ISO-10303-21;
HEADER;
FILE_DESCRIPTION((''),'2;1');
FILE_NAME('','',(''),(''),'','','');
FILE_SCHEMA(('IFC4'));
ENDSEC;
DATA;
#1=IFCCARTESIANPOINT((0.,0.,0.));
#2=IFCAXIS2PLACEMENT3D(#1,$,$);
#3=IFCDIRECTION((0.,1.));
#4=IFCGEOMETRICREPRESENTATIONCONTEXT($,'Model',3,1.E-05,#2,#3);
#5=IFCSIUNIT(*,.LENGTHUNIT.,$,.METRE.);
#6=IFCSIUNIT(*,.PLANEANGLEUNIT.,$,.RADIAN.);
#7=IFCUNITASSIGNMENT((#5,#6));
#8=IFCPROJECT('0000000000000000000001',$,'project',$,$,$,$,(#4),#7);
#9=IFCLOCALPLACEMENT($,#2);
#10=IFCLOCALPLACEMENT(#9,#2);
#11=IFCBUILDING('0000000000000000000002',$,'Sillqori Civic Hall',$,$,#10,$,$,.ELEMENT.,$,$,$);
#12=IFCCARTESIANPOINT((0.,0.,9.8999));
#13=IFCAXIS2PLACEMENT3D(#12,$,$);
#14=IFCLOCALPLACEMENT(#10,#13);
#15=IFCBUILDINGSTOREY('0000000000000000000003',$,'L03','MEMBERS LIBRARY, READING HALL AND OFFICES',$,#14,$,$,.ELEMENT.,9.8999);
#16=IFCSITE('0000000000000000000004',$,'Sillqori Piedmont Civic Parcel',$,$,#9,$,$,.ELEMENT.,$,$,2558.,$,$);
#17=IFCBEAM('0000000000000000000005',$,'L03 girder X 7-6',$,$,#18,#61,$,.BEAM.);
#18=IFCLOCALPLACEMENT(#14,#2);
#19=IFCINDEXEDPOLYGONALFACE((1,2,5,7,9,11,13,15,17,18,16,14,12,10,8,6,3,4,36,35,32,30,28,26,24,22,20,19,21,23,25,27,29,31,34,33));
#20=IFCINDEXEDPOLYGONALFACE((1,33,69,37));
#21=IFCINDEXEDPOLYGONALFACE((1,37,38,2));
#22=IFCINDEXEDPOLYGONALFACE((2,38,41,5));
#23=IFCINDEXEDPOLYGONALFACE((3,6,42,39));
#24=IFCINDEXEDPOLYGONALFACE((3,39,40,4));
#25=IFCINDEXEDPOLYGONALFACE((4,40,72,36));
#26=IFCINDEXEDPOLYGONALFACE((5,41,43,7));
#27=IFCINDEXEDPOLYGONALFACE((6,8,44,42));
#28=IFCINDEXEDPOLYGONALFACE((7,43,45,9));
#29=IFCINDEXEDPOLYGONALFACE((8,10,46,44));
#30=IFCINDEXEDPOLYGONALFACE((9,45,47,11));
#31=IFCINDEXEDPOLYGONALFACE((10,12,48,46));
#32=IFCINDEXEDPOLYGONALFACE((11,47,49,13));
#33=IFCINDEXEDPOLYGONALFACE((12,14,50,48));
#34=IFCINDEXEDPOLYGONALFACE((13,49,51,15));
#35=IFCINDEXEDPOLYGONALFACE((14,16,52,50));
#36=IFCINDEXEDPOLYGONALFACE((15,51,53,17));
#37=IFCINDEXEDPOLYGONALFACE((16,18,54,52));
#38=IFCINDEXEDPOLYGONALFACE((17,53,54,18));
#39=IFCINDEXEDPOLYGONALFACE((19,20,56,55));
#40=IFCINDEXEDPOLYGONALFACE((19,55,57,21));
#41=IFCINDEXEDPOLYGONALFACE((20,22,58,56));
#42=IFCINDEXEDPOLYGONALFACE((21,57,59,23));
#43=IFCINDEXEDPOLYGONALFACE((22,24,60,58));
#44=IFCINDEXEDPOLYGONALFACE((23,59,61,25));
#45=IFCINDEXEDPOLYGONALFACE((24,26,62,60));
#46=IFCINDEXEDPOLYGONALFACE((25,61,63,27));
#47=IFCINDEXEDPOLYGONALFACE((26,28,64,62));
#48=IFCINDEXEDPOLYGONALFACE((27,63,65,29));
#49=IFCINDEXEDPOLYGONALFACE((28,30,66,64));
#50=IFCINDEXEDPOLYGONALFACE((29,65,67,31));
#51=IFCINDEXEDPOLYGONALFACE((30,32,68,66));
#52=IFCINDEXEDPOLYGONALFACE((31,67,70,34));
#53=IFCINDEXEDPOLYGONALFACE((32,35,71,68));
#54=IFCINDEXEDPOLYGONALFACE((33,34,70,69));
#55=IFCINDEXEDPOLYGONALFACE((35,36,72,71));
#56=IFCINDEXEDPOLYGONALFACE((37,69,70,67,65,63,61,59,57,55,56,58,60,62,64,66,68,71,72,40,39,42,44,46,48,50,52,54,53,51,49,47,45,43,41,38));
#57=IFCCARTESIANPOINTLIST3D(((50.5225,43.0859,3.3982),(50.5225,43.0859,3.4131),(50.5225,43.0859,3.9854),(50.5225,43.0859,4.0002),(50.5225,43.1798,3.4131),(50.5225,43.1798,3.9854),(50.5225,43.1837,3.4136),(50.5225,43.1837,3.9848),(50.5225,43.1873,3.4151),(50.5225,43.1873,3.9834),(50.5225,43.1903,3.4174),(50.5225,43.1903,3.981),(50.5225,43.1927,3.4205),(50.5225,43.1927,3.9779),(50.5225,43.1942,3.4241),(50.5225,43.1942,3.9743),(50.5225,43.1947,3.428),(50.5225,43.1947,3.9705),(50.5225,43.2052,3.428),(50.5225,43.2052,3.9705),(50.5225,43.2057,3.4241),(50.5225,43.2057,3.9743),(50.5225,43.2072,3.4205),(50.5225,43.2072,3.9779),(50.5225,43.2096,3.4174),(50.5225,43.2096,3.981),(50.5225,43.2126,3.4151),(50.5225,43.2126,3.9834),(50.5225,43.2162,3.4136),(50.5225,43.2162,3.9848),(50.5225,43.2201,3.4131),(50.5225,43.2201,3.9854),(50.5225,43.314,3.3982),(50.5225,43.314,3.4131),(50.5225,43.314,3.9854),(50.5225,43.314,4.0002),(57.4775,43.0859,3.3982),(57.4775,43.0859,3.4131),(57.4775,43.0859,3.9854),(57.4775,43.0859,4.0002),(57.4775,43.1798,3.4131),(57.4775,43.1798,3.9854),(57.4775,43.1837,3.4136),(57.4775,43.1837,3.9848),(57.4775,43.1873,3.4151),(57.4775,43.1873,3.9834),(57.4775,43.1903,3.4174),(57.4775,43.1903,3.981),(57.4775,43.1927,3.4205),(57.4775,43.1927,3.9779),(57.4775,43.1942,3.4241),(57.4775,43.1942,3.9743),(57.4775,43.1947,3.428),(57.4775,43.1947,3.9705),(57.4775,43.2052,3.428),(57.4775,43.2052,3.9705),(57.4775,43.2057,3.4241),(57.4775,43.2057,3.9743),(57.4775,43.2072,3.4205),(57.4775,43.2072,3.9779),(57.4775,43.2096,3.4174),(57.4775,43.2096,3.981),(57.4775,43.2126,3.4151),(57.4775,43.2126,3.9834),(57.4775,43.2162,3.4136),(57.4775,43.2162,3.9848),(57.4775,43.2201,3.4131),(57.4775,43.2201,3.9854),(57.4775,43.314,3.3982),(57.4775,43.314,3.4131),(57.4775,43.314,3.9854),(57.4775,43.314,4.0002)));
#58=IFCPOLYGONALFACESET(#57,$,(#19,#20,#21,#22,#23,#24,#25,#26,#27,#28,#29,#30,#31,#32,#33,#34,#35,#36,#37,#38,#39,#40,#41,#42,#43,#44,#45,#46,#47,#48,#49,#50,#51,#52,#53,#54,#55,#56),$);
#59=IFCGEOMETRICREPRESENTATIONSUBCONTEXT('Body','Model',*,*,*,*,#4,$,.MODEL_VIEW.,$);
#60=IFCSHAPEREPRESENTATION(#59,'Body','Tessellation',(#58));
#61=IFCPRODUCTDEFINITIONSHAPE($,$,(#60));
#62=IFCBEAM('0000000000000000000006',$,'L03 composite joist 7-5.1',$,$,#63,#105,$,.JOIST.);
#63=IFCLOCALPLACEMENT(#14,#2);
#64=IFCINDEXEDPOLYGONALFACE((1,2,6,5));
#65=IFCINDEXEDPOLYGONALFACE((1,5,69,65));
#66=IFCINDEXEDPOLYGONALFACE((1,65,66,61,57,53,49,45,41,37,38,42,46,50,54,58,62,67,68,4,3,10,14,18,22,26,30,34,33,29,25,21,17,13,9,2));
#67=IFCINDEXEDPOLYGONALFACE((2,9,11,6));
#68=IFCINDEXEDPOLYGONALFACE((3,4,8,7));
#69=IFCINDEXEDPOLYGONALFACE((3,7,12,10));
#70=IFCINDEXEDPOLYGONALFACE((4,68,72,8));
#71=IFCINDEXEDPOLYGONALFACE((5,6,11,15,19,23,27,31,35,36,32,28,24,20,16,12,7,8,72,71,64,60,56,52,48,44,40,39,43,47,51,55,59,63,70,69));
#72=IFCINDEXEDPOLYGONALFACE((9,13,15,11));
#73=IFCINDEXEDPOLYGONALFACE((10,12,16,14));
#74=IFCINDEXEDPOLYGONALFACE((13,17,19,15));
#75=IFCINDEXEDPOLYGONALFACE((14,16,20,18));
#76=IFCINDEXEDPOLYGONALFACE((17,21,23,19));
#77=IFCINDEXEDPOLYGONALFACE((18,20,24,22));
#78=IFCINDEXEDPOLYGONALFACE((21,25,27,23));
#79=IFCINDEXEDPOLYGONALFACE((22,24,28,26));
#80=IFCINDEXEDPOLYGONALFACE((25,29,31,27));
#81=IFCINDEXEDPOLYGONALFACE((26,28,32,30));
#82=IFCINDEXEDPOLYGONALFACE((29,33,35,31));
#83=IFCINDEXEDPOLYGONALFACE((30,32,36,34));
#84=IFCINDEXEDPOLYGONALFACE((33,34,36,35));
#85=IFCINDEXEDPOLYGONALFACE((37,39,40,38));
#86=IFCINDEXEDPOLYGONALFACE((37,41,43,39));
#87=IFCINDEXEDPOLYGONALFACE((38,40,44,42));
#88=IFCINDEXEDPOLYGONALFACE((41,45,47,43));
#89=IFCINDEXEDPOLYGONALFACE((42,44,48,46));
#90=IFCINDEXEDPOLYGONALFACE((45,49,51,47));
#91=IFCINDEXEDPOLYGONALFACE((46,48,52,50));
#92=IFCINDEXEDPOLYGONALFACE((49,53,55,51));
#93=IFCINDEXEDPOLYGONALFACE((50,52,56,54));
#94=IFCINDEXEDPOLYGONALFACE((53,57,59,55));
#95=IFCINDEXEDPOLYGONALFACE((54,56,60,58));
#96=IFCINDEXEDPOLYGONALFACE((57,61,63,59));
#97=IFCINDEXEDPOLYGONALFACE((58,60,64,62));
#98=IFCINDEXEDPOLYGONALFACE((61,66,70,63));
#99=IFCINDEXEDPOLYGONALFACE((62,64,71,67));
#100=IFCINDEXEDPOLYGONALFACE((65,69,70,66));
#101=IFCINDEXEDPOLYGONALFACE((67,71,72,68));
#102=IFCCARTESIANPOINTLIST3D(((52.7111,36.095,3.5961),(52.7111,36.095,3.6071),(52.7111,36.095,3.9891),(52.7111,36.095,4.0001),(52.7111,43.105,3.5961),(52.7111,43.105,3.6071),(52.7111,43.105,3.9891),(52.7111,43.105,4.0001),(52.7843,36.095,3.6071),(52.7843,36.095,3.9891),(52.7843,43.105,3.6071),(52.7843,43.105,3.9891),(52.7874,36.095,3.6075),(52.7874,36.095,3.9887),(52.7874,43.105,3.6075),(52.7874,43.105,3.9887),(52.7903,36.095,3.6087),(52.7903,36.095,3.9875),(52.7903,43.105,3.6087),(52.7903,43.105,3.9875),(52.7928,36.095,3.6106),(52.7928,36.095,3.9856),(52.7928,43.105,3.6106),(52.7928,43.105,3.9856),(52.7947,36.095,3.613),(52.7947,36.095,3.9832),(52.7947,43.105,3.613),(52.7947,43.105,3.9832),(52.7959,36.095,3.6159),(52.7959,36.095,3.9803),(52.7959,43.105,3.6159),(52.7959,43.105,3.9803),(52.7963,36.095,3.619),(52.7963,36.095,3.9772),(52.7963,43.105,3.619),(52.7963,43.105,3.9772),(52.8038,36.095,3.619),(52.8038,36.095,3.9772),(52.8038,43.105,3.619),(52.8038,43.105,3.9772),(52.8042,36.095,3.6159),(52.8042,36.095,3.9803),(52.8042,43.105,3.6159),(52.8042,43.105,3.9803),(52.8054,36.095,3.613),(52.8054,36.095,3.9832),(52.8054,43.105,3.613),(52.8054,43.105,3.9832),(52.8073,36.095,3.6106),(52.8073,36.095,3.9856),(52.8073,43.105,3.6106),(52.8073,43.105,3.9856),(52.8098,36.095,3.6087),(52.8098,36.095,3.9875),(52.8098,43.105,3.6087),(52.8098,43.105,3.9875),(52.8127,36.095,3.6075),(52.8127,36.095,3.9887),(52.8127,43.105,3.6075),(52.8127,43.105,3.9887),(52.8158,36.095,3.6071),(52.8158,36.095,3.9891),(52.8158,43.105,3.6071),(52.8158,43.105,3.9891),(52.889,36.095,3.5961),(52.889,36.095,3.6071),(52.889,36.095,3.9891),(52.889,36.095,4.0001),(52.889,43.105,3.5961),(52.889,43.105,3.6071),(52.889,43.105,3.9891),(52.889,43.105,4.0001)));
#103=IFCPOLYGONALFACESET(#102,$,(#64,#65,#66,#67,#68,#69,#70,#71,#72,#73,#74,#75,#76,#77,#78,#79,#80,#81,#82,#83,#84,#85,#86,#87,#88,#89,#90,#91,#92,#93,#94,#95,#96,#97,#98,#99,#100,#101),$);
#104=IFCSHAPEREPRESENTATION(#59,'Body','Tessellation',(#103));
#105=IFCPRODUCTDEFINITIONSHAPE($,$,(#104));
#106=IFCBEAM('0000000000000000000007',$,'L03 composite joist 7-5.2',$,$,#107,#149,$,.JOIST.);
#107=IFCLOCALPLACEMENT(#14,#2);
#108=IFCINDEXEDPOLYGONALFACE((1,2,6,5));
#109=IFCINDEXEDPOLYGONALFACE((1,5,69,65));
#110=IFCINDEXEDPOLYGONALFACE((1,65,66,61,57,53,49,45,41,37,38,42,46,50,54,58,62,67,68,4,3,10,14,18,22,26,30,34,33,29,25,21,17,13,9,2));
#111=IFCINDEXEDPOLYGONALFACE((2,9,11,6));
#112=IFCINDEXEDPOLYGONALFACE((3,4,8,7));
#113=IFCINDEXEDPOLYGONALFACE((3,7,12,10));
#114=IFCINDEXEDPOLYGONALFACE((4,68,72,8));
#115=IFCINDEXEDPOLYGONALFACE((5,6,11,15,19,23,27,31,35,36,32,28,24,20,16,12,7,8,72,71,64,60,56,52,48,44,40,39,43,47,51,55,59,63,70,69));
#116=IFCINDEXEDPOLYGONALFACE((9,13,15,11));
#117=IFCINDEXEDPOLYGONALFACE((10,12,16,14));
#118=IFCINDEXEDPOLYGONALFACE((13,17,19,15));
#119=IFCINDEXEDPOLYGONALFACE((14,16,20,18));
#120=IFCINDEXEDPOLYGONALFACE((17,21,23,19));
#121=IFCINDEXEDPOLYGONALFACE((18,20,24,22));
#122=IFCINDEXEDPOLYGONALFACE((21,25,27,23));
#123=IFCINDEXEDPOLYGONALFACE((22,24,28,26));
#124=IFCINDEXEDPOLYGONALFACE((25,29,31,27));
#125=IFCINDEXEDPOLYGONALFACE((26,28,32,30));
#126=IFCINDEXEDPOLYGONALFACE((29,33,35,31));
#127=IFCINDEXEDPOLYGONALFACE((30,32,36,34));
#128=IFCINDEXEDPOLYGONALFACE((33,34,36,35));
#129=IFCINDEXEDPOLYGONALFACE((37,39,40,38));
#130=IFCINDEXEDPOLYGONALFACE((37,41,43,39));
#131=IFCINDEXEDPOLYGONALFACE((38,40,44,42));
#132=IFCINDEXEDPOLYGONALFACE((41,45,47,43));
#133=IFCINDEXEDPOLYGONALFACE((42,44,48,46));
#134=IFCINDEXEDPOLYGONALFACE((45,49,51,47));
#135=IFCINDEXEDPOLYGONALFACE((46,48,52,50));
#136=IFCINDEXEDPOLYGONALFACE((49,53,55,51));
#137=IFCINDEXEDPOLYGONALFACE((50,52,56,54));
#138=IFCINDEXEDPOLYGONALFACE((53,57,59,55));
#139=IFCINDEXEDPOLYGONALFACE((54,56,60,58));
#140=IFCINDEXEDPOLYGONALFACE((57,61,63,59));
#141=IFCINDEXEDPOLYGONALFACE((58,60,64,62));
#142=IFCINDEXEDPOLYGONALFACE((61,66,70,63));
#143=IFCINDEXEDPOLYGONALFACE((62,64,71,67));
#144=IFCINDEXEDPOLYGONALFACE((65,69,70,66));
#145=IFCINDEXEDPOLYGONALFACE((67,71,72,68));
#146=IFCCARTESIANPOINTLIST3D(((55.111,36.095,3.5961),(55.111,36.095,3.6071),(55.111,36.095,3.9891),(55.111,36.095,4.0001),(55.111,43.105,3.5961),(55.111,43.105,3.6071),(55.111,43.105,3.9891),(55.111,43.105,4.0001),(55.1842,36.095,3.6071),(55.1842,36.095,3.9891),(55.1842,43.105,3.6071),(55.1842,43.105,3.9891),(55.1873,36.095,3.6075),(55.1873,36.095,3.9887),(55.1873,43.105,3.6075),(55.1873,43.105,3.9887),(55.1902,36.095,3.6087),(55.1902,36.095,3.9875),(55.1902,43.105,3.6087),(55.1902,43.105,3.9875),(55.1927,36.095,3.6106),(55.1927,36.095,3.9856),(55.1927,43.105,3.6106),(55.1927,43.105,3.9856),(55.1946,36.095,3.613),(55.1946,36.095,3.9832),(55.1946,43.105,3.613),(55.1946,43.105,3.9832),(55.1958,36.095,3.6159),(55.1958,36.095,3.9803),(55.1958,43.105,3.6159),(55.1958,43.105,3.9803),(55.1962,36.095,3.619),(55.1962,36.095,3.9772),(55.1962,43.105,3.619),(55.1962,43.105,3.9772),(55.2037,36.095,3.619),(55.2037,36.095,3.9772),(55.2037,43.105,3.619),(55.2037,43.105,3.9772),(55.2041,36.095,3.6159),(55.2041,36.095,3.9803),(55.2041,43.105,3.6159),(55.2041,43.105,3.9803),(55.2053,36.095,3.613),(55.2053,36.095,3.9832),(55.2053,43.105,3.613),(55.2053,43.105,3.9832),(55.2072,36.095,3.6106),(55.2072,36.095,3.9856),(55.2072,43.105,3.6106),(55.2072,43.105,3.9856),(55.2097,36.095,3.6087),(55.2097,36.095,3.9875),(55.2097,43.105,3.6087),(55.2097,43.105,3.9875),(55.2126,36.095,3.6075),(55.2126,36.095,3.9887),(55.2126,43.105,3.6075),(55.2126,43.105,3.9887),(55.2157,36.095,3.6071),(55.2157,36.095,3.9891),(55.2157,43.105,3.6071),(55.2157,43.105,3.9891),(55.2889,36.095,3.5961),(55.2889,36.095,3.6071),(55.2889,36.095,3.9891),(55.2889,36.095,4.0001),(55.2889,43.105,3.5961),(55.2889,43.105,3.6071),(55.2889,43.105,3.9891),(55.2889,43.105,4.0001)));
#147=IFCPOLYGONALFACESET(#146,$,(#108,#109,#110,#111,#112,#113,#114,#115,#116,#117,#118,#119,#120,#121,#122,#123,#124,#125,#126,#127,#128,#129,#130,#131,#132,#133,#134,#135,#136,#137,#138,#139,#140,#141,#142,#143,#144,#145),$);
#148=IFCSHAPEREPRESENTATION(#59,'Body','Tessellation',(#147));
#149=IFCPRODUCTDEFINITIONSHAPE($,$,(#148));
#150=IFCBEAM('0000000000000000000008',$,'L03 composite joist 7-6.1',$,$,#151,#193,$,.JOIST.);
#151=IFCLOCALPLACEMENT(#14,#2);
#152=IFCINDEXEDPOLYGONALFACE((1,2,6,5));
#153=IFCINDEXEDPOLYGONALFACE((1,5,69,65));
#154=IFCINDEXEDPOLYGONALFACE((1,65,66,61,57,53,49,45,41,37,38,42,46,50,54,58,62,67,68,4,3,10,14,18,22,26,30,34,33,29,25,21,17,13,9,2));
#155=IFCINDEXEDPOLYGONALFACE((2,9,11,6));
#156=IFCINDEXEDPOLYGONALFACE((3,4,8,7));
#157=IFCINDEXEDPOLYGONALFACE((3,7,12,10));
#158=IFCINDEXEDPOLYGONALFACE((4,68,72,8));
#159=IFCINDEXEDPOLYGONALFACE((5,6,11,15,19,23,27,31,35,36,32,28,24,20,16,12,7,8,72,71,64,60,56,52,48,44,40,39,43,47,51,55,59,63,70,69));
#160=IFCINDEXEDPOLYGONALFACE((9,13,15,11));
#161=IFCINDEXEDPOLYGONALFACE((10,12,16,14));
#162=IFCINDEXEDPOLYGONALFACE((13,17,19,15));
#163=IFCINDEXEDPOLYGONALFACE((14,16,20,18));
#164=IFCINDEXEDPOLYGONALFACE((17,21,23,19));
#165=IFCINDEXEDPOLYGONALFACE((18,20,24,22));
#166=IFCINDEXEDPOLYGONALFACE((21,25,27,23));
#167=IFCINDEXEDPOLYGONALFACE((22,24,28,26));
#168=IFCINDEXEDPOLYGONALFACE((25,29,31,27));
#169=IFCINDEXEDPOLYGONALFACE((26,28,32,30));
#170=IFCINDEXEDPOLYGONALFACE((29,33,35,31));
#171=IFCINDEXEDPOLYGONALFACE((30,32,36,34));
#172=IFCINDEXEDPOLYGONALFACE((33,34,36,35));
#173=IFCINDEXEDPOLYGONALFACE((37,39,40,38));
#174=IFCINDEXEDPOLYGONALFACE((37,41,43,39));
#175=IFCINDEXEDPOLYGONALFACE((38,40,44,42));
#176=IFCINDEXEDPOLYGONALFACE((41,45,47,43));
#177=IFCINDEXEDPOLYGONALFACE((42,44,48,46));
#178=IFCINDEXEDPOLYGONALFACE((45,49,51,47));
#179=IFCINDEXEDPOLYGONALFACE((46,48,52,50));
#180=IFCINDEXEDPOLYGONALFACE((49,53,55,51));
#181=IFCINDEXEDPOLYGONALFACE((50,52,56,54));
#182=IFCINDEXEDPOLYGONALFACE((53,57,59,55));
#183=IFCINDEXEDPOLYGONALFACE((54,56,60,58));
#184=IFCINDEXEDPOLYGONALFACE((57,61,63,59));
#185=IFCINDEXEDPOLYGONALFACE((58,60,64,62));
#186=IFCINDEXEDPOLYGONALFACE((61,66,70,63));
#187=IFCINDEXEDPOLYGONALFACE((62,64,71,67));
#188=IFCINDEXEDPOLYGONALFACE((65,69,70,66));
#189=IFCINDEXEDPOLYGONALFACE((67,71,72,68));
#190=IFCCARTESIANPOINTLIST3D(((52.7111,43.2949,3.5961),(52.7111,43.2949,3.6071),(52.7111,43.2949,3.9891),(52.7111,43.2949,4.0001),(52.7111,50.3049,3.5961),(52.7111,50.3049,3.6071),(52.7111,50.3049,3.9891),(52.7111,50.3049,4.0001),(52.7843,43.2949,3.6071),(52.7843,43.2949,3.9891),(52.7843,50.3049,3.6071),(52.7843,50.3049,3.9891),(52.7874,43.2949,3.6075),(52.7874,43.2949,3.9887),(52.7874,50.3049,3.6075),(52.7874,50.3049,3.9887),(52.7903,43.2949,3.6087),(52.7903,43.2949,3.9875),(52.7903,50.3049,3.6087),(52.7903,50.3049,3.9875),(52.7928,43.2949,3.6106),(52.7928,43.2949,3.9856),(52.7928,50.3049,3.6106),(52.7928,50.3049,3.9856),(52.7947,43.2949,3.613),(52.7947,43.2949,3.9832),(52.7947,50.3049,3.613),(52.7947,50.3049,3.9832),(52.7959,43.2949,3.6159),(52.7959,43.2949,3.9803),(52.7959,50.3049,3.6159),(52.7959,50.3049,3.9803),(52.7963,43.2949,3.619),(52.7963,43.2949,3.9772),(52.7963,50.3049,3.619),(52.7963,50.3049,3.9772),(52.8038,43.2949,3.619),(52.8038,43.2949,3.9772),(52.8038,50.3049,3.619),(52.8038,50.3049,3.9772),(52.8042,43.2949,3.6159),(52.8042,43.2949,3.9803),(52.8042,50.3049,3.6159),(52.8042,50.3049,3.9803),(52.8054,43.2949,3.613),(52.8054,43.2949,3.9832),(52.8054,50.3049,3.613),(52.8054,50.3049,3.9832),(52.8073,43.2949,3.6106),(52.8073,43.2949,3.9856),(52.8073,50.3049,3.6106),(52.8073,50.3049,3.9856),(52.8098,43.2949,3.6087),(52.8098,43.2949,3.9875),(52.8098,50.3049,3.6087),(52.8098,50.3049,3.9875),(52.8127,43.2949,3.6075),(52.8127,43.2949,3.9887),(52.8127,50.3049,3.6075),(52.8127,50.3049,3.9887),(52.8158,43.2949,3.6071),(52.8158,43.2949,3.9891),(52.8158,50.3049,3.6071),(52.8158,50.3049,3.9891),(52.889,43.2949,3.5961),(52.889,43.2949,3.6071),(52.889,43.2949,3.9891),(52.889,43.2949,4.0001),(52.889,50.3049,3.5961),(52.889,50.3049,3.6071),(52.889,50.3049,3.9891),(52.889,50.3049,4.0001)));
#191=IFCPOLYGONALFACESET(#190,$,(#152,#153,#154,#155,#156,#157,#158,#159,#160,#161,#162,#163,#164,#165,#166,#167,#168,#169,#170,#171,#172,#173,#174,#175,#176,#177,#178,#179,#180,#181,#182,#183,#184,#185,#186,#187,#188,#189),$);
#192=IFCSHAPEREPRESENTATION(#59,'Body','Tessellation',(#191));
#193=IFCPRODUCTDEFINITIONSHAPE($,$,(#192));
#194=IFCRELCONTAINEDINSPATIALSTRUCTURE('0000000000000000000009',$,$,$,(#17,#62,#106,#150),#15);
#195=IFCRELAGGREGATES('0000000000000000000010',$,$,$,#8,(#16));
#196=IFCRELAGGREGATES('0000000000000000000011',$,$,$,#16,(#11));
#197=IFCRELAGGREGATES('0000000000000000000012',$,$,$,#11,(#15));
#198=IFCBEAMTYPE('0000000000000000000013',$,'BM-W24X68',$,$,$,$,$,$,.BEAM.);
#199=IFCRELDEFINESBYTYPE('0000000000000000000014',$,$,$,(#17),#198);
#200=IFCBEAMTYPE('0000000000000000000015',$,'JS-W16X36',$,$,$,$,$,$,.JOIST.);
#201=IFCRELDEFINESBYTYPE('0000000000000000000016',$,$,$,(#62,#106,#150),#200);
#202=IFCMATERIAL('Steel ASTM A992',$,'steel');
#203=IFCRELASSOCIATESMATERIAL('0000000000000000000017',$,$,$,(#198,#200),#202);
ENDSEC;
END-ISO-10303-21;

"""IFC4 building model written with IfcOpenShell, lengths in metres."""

from ifc_helpers import new_model, si_unit, direction, frame, origin, origin_2d, place, context, subcontext, project, spatial, i_section, extrude, material, material_profile, profile_set, type_object, element, save


model = new_model("IFC4")

# Units and contexts
model_context = context("Model", 3, precision=1e-05, world=origin(), true_north=direction((0.0, 1.0)))
body_context = subcontext(model_context, "Body", "Model", "MODEL_VIEW")
ifc_project = project(units=[si_unit("LENGTHUNIT", "METRE"), si_unit("PLANEANGLEUNIT", "RADIAN")], contexts=[model_context])

# Site, building, storey
site_placement = place(None, origin())
site = spatial("IfcSite", under=ifc_project, at=site_placement, Name="Sillqori Piedmont Civic Parcel", CompositionType="ELEMENT", RefElevation=2558.0)
building_placement = place(site_placement, origin())
building = spatial("IfcBuilding", under=site, at=building_placement, Name="Sillqori Civic Hall", CompositionType="ELEMENT")
storey_placement = place(building_placement, frame((0.0, 0.0, 9.8999)))
storey = spatial("IfcBuildingStorey", under=building, at=storey_placement, Name="L03", Description="MEMBERS LIBRARY, READING HALL AND OFFICES", CompositionType="ELEMENT", Elevation=9.8999)

# Shared definitions
ifc_material_1 = material(Name="Steel ASTM A992", Category="steel")

# Beams
ifc_material_profile_1 = material_profile(ifc_material_1, i_section(OverallWidth=0.228, OverallDepth=0.6021, WebThickness=0.0105, FlangeThickness=0.0149, FilletRadius=0.0149, at=origin_2d()), Name="W24X68")
ifc_profile_set_1 = profile_set([ifc_material_profile_1], Name="Steel ASTM A992")
beam_type_1 = type_object("IfcBeamType", Name="BM-W24X68", PredefinedType="BEAM", material=ifc_profile_set_1)
beam_1_placement = place(storey_placement, frame((50.5225, 43.2, 3.6992), z_axis=(1.0, 0.0, 0.0), x_axis=(0.0, 1.0, 0.0)))
element("IfcBeam", 1, at=beam_1_placement, inside=storey, type_object=beam_type_1, Name="L03 girder X 7-6", PredefinedType="BEAM", context=body_context, shape_type="SweptSolid", body=[
    extrude(i_section(OverallWidth=0.228, OverallDepth=0.6021, WebThickness=0.0105, FlangeThickness=0.0149, FilletRadius=0.0149, at=origin_2d()), origin(), (0.0, 0.0, 1.0), 6.9551),
])
ifc_material_profile_2 = material_profile(ifc_material_1, i_section(OverallWidth=0.178, OverallDepth=0.4041, WebThickness=0.0076, FlangeThickness=0.011, FilletRadius=0.012, at=origin_2d()), Name="W16X36")
ifc_profile_set_2 = profile_set([ifc_material_profile_2], Name="Steel ASTM A992")
beam_type_2 = type_object("IfcBeamType", Name="JS-W16X36", PredefinedType="JOIST", material=ifc_profile_set_2)
for number, where, z_axis, x_axis, name in (
    (2, (52.8, 36.095, 3.7981), (0.0, 1.0, 0.0), (-1.0, 0.0, 0.0), "L03 composite joist 7-5.1"),
    (3, (55.2, 36.095, 3.7981), (0.0, 1.0, 0.0), (-1.0, 0.0, 0.0), "L03 composite joist 7-5.2"),
    (4, (52.8, 43.2949, 3.7981), (0.0, 1.0, 0.0), (-1.0, 0.0, 0.0), "L03 composite joist 7-6.1"),
):
    element("IfcBeam", number, at=place(storey_placement, frame(where, z_axis=z_axis, x_axis=x_axis)), inside=storey, type_object=beam_type_2, Name=name, PredefinedType="JOIST", context=body_context, shape_type="SweptSolid", body=[
        extrude(i_section(OverallWidth=0.178, OverallDepth=0.4041, WebThickness=0.0076, FlangeThickness=0.011, FilletRadius=0.012, at=origin_2d()), origin(), (0.0, 0.0, 1.0), 7.01),
    ])

save(model, "model.ifc")
